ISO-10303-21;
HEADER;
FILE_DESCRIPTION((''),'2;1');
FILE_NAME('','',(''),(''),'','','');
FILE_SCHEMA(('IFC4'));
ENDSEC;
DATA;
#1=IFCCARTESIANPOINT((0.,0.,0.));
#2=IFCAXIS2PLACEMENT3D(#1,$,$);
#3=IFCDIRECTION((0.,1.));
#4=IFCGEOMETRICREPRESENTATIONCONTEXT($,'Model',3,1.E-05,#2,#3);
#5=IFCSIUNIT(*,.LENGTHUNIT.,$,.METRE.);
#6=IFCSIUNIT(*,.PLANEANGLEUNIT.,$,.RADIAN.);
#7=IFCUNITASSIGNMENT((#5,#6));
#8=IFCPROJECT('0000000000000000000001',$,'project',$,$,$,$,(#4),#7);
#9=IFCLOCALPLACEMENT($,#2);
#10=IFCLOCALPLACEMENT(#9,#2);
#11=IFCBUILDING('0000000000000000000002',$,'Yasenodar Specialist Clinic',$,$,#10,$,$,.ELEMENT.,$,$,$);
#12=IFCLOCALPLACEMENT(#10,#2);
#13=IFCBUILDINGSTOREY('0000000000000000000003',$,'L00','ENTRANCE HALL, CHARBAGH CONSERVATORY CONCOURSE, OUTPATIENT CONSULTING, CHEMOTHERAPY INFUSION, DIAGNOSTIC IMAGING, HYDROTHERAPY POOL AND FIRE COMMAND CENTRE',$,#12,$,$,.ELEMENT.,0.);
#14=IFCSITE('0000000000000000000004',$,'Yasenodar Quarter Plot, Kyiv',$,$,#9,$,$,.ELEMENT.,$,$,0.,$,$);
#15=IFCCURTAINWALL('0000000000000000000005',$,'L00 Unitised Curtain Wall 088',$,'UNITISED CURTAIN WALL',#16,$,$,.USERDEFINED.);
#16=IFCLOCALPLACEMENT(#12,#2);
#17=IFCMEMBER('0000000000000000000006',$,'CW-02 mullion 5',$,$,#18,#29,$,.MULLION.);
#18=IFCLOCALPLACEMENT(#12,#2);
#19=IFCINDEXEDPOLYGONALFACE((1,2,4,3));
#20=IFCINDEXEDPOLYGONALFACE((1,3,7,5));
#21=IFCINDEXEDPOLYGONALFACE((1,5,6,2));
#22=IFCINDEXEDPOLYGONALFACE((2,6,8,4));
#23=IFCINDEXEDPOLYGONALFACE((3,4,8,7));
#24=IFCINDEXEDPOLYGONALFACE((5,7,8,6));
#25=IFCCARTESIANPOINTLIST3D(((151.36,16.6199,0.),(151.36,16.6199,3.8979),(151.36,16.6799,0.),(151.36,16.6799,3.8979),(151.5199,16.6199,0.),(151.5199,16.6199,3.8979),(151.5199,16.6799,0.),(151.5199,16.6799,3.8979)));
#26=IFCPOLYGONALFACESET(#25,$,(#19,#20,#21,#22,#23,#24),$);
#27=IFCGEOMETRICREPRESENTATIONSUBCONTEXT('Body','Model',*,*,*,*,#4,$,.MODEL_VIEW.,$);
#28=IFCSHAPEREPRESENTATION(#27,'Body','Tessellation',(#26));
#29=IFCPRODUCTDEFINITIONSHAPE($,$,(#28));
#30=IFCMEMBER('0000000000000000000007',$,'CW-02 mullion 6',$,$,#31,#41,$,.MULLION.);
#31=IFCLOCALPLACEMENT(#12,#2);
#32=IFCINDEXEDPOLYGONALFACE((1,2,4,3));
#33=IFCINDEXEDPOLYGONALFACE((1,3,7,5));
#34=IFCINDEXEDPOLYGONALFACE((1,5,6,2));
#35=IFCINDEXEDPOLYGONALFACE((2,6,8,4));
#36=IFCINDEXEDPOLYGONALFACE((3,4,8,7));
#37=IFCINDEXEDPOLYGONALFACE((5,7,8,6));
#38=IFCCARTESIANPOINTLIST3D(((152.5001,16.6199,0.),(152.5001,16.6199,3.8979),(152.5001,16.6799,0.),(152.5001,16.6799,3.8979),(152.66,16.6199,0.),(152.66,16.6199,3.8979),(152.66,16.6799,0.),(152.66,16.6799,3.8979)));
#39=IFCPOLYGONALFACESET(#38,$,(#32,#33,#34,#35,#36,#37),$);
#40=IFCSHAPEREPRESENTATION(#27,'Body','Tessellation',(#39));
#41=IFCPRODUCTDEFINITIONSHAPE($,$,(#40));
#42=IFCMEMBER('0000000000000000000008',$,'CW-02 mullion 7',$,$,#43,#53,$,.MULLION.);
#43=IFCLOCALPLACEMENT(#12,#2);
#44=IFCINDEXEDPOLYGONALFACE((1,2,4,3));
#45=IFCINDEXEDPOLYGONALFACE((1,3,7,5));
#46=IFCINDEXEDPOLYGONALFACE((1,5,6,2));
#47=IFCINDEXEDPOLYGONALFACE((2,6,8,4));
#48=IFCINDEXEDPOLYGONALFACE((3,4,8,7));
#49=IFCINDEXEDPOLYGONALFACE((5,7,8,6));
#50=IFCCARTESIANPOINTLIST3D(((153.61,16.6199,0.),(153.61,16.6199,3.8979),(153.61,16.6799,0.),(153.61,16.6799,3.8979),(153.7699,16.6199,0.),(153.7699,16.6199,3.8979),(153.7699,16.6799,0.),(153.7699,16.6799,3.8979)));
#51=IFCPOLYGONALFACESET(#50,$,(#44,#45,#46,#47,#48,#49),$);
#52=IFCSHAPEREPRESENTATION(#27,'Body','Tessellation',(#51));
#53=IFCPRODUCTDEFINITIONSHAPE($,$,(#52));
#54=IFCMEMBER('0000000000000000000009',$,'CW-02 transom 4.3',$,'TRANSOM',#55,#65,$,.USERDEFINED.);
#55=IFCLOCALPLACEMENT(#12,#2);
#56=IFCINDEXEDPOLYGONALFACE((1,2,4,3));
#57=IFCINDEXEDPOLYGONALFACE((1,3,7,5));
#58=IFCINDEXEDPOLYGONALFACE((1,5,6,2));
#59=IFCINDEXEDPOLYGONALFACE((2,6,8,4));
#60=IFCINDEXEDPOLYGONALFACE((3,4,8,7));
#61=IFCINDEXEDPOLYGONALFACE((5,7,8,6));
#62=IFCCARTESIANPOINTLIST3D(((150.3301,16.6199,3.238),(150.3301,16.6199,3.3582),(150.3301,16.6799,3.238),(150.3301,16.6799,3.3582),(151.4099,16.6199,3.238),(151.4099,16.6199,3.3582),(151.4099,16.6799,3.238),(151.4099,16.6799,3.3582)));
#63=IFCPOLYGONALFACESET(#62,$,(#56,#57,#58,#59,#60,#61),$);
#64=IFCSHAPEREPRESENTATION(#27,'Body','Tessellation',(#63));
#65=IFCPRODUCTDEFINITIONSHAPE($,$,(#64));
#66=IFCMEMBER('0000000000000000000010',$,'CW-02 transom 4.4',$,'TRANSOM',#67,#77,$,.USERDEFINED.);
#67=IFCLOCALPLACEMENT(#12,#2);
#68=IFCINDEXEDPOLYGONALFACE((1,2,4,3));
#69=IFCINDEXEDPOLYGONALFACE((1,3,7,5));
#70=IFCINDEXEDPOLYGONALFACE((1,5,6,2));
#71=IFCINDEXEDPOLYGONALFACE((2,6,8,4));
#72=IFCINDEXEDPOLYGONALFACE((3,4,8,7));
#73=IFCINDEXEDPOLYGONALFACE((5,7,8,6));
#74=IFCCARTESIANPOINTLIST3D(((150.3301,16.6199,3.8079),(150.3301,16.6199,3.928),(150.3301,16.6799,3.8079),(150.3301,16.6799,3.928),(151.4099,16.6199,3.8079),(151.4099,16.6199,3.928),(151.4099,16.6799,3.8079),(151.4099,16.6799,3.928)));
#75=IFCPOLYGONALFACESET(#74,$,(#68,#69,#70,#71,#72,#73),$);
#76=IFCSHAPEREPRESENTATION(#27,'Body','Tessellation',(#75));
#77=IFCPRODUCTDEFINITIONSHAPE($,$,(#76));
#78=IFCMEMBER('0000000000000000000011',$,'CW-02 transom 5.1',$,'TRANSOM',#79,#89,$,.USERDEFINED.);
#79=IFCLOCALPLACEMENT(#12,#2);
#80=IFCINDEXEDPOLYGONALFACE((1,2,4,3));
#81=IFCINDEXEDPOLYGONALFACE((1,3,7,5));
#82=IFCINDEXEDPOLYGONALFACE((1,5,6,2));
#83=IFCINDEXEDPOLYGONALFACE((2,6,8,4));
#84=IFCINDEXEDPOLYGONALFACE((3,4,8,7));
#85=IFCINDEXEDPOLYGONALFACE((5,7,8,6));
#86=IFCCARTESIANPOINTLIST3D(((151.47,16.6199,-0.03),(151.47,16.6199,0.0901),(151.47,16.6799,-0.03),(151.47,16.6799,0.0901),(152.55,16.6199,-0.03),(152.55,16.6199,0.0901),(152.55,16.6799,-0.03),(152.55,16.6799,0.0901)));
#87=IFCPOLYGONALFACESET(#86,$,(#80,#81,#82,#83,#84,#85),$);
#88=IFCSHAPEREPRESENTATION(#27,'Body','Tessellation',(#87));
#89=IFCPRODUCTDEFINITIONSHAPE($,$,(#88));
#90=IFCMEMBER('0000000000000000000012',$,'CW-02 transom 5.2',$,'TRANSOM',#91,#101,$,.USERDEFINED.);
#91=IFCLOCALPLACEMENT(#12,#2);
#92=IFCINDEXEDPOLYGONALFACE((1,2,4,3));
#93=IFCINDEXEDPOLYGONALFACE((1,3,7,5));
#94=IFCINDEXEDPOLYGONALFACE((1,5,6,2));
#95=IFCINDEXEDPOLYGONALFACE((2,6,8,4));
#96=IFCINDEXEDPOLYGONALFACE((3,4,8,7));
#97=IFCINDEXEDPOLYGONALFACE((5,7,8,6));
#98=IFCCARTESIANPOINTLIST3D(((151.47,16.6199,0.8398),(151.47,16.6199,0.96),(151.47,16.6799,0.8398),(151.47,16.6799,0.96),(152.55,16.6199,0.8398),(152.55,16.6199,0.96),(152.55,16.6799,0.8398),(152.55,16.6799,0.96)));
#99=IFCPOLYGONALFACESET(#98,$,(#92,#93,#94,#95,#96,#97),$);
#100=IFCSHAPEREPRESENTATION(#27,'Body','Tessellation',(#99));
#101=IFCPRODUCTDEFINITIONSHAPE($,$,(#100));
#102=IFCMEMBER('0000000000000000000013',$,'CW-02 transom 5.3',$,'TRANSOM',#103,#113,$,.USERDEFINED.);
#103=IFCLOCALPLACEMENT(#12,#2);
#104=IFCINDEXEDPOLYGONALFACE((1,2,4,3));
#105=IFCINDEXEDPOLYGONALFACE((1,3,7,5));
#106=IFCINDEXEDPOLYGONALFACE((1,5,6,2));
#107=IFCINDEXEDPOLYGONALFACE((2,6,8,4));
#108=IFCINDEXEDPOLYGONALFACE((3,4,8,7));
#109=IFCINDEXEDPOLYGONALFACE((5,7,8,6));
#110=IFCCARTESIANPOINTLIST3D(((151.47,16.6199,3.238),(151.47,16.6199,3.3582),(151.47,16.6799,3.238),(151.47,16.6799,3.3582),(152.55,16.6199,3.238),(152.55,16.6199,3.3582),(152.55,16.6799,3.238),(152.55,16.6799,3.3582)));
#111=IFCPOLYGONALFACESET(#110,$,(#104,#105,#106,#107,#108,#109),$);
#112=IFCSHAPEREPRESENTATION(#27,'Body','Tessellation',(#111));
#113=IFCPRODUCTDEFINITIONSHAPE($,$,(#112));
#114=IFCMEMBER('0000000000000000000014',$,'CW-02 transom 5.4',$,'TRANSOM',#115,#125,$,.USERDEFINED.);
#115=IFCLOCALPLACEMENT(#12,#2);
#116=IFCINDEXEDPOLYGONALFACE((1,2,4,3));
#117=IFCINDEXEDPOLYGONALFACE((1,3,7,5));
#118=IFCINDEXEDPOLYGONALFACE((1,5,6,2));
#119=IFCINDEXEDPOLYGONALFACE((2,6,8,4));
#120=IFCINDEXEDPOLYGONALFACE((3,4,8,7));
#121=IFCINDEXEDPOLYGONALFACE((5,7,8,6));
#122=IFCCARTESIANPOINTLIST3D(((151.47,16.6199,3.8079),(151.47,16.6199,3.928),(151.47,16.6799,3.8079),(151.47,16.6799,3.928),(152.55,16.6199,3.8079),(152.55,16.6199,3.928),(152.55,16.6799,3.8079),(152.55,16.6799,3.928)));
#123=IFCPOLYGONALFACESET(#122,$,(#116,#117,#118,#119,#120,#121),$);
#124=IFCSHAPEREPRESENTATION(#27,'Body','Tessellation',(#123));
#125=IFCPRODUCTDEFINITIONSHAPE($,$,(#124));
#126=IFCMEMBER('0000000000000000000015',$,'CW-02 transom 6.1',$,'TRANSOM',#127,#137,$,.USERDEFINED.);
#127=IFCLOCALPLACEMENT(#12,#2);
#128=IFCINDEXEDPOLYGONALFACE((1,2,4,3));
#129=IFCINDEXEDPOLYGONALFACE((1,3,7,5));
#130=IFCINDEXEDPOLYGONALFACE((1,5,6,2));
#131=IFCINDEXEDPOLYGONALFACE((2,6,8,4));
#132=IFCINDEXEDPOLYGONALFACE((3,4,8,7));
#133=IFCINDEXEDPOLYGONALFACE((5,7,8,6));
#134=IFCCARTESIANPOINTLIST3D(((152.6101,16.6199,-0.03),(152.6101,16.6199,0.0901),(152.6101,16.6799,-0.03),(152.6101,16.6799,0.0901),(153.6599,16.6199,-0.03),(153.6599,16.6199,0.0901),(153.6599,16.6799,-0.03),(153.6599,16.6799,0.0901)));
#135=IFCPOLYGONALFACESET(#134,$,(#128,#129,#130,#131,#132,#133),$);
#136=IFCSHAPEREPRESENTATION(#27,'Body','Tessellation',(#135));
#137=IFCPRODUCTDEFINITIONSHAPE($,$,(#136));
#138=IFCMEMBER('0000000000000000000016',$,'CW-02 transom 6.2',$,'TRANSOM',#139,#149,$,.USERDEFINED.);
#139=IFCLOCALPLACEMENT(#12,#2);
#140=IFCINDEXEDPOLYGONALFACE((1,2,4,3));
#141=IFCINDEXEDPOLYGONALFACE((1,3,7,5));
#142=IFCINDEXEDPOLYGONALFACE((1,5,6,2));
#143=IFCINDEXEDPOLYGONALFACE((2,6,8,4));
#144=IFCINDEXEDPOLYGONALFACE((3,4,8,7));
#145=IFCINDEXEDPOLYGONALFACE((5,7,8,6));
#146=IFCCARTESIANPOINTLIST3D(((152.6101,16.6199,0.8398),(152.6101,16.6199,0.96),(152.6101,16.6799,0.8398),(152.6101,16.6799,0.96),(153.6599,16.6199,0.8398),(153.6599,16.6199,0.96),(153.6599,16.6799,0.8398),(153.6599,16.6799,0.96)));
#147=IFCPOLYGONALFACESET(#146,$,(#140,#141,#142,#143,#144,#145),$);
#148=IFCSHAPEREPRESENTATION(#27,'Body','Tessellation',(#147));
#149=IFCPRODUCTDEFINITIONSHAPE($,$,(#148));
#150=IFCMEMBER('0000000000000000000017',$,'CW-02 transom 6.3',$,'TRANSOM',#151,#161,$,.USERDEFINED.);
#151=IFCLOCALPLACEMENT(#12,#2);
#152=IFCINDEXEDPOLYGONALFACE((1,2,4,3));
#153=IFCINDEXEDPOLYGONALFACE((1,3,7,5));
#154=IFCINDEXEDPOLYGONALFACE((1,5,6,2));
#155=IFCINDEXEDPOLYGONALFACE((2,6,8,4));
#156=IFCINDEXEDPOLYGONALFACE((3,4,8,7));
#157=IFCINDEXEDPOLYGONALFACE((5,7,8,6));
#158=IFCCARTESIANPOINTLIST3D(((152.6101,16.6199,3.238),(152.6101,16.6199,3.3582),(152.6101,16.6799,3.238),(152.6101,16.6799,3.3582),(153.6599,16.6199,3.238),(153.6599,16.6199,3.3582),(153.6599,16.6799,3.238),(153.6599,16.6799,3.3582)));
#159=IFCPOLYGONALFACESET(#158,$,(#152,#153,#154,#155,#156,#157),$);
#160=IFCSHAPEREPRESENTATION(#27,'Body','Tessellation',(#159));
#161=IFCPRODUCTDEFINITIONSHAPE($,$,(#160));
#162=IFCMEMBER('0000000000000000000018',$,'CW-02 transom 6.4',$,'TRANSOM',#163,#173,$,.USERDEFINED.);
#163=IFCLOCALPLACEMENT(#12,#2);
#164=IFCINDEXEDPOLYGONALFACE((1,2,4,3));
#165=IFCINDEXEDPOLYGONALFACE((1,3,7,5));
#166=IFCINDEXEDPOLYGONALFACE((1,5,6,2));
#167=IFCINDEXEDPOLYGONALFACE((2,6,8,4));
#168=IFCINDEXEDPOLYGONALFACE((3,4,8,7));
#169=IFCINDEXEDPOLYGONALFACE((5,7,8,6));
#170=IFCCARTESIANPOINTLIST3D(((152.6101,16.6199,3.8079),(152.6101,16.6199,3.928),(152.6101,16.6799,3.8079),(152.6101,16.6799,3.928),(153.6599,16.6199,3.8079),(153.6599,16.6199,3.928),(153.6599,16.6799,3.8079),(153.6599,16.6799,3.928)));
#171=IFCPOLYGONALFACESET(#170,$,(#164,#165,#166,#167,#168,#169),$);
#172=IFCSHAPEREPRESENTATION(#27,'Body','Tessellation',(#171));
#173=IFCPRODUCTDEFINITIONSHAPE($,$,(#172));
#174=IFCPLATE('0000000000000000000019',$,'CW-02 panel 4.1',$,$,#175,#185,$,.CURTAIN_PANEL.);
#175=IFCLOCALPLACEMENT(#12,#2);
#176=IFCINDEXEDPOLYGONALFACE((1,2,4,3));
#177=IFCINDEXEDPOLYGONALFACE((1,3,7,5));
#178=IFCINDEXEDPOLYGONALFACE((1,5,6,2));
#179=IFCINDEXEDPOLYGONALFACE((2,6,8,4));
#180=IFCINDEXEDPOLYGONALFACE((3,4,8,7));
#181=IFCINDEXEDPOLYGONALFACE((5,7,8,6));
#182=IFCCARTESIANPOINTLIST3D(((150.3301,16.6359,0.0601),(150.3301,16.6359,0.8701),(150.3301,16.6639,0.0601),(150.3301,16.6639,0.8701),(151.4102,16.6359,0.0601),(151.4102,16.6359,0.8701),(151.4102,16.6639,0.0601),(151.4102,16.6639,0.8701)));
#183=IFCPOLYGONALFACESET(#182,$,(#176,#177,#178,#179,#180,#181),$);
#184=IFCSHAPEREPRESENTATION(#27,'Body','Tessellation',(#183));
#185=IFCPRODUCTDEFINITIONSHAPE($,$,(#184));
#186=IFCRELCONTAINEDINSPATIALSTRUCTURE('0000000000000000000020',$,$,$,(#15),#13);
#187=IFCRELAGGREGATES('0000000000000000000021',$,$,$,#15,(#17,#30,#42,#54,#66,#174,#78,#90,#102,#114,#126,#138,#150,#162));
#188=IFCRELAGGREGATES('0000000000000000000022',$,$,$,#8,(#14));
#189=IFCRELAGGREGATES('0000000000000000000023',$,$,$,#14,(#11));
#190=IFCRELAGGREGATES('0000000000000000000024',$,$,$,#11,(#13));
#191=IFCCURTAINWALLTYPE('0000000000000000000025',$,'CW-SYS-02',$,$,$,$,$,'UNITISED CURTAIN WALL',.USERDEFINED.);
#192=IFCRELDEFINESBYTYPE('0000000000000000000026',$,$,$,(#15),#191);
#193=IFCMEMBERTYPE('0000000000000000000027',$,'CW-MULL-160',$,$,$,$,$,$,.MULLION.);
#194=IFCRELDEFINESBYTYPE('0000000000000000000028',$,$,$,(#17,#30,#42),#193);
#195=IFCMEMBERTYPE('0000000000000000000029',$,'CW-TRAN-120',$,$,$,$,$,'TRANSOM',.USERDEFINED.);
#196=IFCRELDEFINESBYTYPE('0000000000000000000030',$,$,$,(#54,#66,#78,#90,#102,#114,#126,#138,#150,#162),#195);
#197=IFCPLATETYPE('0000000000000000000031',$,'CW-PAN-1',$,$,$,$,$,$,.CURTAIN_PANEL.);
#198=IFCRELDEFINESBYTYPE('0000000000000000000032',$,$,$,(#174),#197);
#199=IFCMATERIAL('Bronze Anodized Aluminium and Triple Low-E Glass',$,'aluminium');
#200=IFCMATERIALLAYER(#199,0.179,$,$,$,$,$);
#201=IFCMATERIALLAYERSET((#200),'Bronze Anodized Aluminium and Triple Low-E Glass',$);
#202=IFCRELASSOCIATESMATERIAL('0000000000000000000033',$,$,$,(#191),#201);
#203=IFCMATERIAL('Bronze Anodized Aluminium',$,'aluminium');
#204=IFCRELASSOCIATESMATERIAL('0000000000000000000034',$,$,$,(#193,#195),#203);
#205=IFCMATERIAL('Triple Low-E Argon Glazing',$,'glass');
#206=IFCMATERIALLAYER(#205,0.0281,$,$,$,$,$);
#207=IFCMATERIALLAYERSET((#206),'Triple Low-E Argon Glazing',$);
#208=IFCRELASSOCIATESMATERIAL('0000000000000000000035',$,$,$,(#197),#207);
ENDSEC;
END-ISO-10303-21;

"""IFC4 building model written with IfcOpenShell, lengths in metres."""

from ifc_helpers import new_model, si_unit, direction, frame, origin, origin_2d, place, context, subcontext, project, spatial, rectangle, extrude, material, layer, layer_set, material_profile, profile_set, type_object, element, aggregate, save


model = new_model("IFC4")

# Units and contexts
model_context = context("Model", 3, precision=1e-05, world=origin(), true_north=direction((0.0, 1.0)))
body_context = subcontext(model_context, "Body", "Model", "MODEL_VIEW")
ifc_project = project(units=[si_unit("LENGTHUNIT", "METRE"), si_unit("PLANEANGLEUNIT", "RADIAN")], contexts=[model_context])

# Site, building, storey
site_placement = place(None, origin())
site = spatial("IfcSite", under=ifc_project, at=site_placement, Name="Yasenodar Quarter Plot, Kyiv", CompositionType="ELEMENT", RefElevation=0.0)
building_placement = place(site_placement, origin())
building = spatial("IfcBuilding", under=site, at=building_placement, Name="Yasenodar Specialist Clinic", CompositionType="ELEMENT")
storey_placement = place(building_placement, origin())
storey = spatial("IfcBuildingStorey", under=building, at=storey_placement, Name="L00", Description="ENTRANCE HALL, CHARBAGH CONSERVATORY CONCOURSE, OUTPATIENT CONSULTING, CHEMOTHERAPY INFUSION, DIAGNOSTIC IMAGING, HYDROTHERAPY POOL AND FIRE COMMAND CENTRE", CompositionType="ELEMENT", Elevation=0.0)

# Curtain wall, members, plate
ifc_material_1 = material(Name="Bronze Anodized Aluminium and Triple Low-E Glass", Category="aluminium")
ifc_layer_1 = layer(ifc_material_1, 0.179)
ifc_layer_set_1 = layer_set([ifc_layer_1], Name="Bronze Anodized Aluminium and Triple Low-E Glass")
curtain_wall_type = type_object("IfcCurtainWallType", Name="CW-SYS-02", ElementType="UNITISED CURTAIN WALL", PredefinedType="USERDEFINED", material=ifc_layer_set_1)
curtain_wall_placement = place(storey_placement, origin())
curtain_wall = element("IfcCurtainWall", 1, at=curtain_wall_placement, inside=storey, type_object=curtain_wall_type, Name="L00 Unitised Curtain Wall 088", ObjectType="UNITISED CURTAIN WALL", PredefinedType="USERDEFINED")
ifc_material_2 = material(Name="Bronze Anodized Aluminium", Category="aluminium")
ifc_material_profile_1 = material_profile(ifc_material_2, rectangle(XDim=0.0601, YDim=0.1599, at=origin_2d()), Name="CW-MULL 60x160")
ifc_profile_set_1 = profile_set([ifc_material_profile_1], Name="Bronze Anodized Aluminium")
member_type_1 = type_object("IfcMemberType", Name="CW-MULL-160", PredefinedType="MULLION", material=ifc_profile_set_1)
member_1_placement = place(storey_placement, frame((151.4399, 16.6499, 0.0), z_axis=(0.0, 0.0, 1.0), x_axis=(0.0, 1.0, 0.0)))
member_1 = element("IfcMember", 2, at=member_1_placement, type_object=member_type_1, Name="CW-02 mullion 5", PredefinedType="MULLION", context=body_context, shape_type="SweptSolid", body=[
    extrude(rectangle(XDim=0.0601, YDim=0.1599, at=origin_2d()), origin(), (0.0, 0.0, 1.0), 3.8979),
])
member_2_placement = place(storey_placement, frame((152.5801, 16.6499, 0.0), z_axis=(0.0, 0.0, 1.0), x_axis=(0.0, 1.0, 0.0)))
member_2 = element("IfcMember", 3, at=member_2_placement, type_object=member_type_1, Name="CW-02 mullion 6", PredefinedType="MULLION", context=body_context, shape_type="SweptSolid", body=[
    extrude(rectangle(XDim=0.0601, YDim=0.1599, at=origin_2d()), origin(), (0.0, 0.0, 1.0), 3.8979),
])
member_3_placement = place(storey_placement, frame((153.6899, 16.6499, 0.0), z_axis=(0.0, 0.0, 1.0), x_axis=(0.0, 1.0, 0.0)))
member_3 = element("IfcMember", 4, at=member_3_placement, type_object=member_type_1, Name="CW-02 mullion 7", PredefinedType="MULLION", context=body_context, shape_type="SweptSolid", body=[
    extrude(rectangle(XDim=0.0601, YDim=0.1599, at=origin_2d()), origin(), (0.0, 0.0, 1.0), 3.8979),
])
ifc_material_profile_2 = material_profile(ifc_material_2, rectangle(XDim=0.0601, YDim=0.1201, at=origin_2d()), Name="CW-TRAN 60x120")
ifc_profile_set_2 = profile_set([ifc_material_profile_2], Name="Bronze Anodized Aluminium")
member_type_2 = type_object("IfcMemberType", Name="CW-TRAN-120", ElementType="TRANSOM", PredefinedType="USERDEFINED", material=ifc_profile_set_2)
member_4_placement = place(storey_placement, frame((150.3301, 16.6499, 3.2981), z_axis=(1.0, 0.0, 0.0), x_axis=(0.0, 1.0, 0.0)))
member_4 = element("IfcMember", 5, at=member_4_placement, type_object=member_type_2, Name="CW-02 transom 4.3", ObjectType="TRANSOM", PredefinedType="USERDEFINED", context=body_context, shape_type="SweptSolid", body=[
    extrude(rectangle(XDim=0.0601, YDim=0.1201, at=origin_2d()), origin(), (0.0, 0.0, 1.0), 1.0798),
])
member_5_placement = place(storey_placement, frame((150.3301, 16.6499, 3.8679), z_axis=(1.0, 0.0, 0.0), x_axis=(0.0, 1.0, 0.0)))
member_5 = element("IfcMember", 6, at=member_5_placement, type_object=member_type_2, Name="CW-02 transom 4.4", ObjectType="TRANSOM", PredefinedType="USERDEFINED", context=body_context, shape_type="SweptSolid", body=[
    extrude(rectangle(XDim=0.0601, YDim=0.1201, at=origin_2d()), origin(), (0.0, 0.0, 1.0), 1.0798),
])
member_6_placement = place(storey_placement, frame((151.47, 16.6499, 0.03), z_axis=(1.0, 0.0, 0.0), x_axis=(0.0, 1.0, 0.0)))
member_6 = element("IfcMember", 7, at=member_6_placement, type_object=member_type_2, Name="CW-02 transom 5.1", ObjectType="TRANSOM", PredefinedType="USERDEFINED", context=body_context, shape_type="SweptSolid", body=[
    extrude(rectangle(XDim=0.0601, YDim=0.1201, at=origin_2d()), origin(), (0.0, 0.0, 1.0), 1.0801),
])
member_7_placement = place(storey_placement, frame((151.47, 16.6499, 0.8999), z_axis=(1.0, 0.0, 0.0), x_axis=(0.0, 1.0, 0.0)))
member_7 = element("IfcMember", 8, at=member_7_placement, type_object=member_type_2, Name="CW-02 transom 5.2", ObjectType="TRANSOM", PredefinedType="USERDEFINED", context=body_context, shape_type="SweptSolid", body=[
    extrude(rectangle(XDim=0.0601, YDim=0.1201, at=origin_2d()), origin(), (0.0, 0.0, 1.0), 1.0801),
])
member_8_placement = place(storey_placement, frame((151.47, 16.6499, 3.2981), z_axis=(1.0, 0.0, 0.0), x_axis=(0.0, 1.0, 0.0)))
member_8 = element("IfcMember", 9, at=member_8_placement, type_object=member_type_2, Name="CW-02 transom 5.3", ObjectType="TRANSOM", PredefinedType="USERDEFINED", context=body_context, shape_type="SweptSolid", body=[
    extrude(rectangle(XDim=0.0601, YDim=0.1201, at=origin_2d()), origin(), (0.0, 0.0, 1.0), 1.0801),
])
member_9_placement = place(storey_placement, frame((151.47, 16.6499, 3.8679), z_axis=(1.0, 0.0, 0.0), x_axis=(0.0, 1.0, 0.0)))
member_9 = element("IfcMember", 10, at=member_9_placement, type_object=member_type_2, Name="CW-02 transom 5.4", ObjectType="TRANSOM", PredefinedType="USERDEFINED", context=body_context, shape_type="SweptSolid", body=[
    extrude(rectangle(XDim=0.0601, YDim=0.1201, at=origin_2d()), origin(), (0.0, 0.0, 1.0), 1.0801),
])
member_10_placement = place(storey_placement, frame((152.6101, 16.6499, 0.03), z_axis=(1.0, 0.0, 0.0), x_axis=(0.0, 1.0, 0.0)))
member_10 = element("IfcMember", 11, at=member_10_placement, type_object=member_type_2, Name="CW-02 transom 6.1", ObjectType="TRANSOM", PredefinedType="USERDEFINED", context=body_context, shape_type="SweptSolid", body=[
    extrude(rectangle(XDim=0.0601, YDim=0.1201, at=origin_2d()), origin(), (0.0, 0.0, 1.0), 1.0498),
])
member_11_placement = place(storey_placement, frame((152.6101, 16.6499, 0.8999), z_axis=(1.0, 0.0, 0.0), x_axis=(0.0, 1.0, 0.0)))
member_11 = element("IfcMember", 12, at=member_11_placement, type_object=member_type_2, Name="CW-02 transom 6.2", ObjectType="TRANSOM", PredefinedType="USERDEFINED", context=body_context, shape_type="SweptSolid", body=[
    extrude(rectangle(XDim=0.0601, YDim=0.1201, at=origin_2d()), origin(), (0.0, 0.0, 1.0), 1.0498),
])
member_12_placement = place(storey_placement, frame((152.6101, 16.6499, 3.2981), z_axis=(1.0, 0.0, 0.0), x_axis=(0.0, 1.0, 0.0)))
member_12 = element("IfcMember", 13, at=member_12_placement, type_object=member_type_2, Name="CW-02 transom 6.3", ObjectType="TRANSOM", PredefinedType="USERDEFINED", context=body_context, shape_type="SweptSolid", body=[
    extrude(rectangle(XDim=0.0601, YDim=0.1201, at=origin_2d()), origin(), (0.0, 0.0, 1.0), 1.0498),
])
member_13_placement = place(storey_placement, frame((152.6101, 16.6499, 3.8679), z_axis=(1.0, 0.0, 0.0), x_axis=(0.0, 1.0, 0.0)))
member_13 = element("IfcMember", 14, at=member_13_placement, type_object=member_type_2, Name="CW-02 transom 6.4", ObjectType="TRANSOM", PredefinedType="USERDEFINED", context=body_context, shape_type="SweptSolid", body=[
    extrude(rectangle(XDim=0.0601, YDim=0.1201, at=origin_2d()), origin(), (0.0, 0.0, 1.0), 1.0498),
])
ifc_material_3 = material(Name="Triple Low-E Argon Glazing", Category="glass")
ifc_layer_2 = layer(ifc_material_3, 0.0281)
ifc_layer_set_2 = layer_set([ifc_layer_2], Name="Triple Low-E Argon Glazing")
plate_type = type_object("IfcPlateType", Name="CW-PAN-1", PredefinedType="CURTAIN_PANEL", material=ifc_layer_set_2)
plate_1_placement = place(storey_placement, frame((150.8701, 16.6499, 0.0601), z_axis=(0.0, 0.0, 1.0), x_axis=(1.0, 0.0, 0.0)))
plate_1 = element("IfcPlate", 15, at=plate_1_placement, type_object=plate_type, Name="CW-02 panel 4.1", PredefinedType="CURTAIN_PANEL", context=body_context, shape_type="SweptSolid", body=[
    extrude(rectangle(XDim=1.0801, YDim=0.0281, at=origin_2d()), origin(), (0.0, 0.0, 1.0), 0.8101),
])
aggregate(curtain_wall, [member_1, member_2, member_3, member_4, member_5, plate_1, member_6, member_7, member_8, member_9, member_10, member_11, member_12, member_13])

save(model, "model.ifc")
